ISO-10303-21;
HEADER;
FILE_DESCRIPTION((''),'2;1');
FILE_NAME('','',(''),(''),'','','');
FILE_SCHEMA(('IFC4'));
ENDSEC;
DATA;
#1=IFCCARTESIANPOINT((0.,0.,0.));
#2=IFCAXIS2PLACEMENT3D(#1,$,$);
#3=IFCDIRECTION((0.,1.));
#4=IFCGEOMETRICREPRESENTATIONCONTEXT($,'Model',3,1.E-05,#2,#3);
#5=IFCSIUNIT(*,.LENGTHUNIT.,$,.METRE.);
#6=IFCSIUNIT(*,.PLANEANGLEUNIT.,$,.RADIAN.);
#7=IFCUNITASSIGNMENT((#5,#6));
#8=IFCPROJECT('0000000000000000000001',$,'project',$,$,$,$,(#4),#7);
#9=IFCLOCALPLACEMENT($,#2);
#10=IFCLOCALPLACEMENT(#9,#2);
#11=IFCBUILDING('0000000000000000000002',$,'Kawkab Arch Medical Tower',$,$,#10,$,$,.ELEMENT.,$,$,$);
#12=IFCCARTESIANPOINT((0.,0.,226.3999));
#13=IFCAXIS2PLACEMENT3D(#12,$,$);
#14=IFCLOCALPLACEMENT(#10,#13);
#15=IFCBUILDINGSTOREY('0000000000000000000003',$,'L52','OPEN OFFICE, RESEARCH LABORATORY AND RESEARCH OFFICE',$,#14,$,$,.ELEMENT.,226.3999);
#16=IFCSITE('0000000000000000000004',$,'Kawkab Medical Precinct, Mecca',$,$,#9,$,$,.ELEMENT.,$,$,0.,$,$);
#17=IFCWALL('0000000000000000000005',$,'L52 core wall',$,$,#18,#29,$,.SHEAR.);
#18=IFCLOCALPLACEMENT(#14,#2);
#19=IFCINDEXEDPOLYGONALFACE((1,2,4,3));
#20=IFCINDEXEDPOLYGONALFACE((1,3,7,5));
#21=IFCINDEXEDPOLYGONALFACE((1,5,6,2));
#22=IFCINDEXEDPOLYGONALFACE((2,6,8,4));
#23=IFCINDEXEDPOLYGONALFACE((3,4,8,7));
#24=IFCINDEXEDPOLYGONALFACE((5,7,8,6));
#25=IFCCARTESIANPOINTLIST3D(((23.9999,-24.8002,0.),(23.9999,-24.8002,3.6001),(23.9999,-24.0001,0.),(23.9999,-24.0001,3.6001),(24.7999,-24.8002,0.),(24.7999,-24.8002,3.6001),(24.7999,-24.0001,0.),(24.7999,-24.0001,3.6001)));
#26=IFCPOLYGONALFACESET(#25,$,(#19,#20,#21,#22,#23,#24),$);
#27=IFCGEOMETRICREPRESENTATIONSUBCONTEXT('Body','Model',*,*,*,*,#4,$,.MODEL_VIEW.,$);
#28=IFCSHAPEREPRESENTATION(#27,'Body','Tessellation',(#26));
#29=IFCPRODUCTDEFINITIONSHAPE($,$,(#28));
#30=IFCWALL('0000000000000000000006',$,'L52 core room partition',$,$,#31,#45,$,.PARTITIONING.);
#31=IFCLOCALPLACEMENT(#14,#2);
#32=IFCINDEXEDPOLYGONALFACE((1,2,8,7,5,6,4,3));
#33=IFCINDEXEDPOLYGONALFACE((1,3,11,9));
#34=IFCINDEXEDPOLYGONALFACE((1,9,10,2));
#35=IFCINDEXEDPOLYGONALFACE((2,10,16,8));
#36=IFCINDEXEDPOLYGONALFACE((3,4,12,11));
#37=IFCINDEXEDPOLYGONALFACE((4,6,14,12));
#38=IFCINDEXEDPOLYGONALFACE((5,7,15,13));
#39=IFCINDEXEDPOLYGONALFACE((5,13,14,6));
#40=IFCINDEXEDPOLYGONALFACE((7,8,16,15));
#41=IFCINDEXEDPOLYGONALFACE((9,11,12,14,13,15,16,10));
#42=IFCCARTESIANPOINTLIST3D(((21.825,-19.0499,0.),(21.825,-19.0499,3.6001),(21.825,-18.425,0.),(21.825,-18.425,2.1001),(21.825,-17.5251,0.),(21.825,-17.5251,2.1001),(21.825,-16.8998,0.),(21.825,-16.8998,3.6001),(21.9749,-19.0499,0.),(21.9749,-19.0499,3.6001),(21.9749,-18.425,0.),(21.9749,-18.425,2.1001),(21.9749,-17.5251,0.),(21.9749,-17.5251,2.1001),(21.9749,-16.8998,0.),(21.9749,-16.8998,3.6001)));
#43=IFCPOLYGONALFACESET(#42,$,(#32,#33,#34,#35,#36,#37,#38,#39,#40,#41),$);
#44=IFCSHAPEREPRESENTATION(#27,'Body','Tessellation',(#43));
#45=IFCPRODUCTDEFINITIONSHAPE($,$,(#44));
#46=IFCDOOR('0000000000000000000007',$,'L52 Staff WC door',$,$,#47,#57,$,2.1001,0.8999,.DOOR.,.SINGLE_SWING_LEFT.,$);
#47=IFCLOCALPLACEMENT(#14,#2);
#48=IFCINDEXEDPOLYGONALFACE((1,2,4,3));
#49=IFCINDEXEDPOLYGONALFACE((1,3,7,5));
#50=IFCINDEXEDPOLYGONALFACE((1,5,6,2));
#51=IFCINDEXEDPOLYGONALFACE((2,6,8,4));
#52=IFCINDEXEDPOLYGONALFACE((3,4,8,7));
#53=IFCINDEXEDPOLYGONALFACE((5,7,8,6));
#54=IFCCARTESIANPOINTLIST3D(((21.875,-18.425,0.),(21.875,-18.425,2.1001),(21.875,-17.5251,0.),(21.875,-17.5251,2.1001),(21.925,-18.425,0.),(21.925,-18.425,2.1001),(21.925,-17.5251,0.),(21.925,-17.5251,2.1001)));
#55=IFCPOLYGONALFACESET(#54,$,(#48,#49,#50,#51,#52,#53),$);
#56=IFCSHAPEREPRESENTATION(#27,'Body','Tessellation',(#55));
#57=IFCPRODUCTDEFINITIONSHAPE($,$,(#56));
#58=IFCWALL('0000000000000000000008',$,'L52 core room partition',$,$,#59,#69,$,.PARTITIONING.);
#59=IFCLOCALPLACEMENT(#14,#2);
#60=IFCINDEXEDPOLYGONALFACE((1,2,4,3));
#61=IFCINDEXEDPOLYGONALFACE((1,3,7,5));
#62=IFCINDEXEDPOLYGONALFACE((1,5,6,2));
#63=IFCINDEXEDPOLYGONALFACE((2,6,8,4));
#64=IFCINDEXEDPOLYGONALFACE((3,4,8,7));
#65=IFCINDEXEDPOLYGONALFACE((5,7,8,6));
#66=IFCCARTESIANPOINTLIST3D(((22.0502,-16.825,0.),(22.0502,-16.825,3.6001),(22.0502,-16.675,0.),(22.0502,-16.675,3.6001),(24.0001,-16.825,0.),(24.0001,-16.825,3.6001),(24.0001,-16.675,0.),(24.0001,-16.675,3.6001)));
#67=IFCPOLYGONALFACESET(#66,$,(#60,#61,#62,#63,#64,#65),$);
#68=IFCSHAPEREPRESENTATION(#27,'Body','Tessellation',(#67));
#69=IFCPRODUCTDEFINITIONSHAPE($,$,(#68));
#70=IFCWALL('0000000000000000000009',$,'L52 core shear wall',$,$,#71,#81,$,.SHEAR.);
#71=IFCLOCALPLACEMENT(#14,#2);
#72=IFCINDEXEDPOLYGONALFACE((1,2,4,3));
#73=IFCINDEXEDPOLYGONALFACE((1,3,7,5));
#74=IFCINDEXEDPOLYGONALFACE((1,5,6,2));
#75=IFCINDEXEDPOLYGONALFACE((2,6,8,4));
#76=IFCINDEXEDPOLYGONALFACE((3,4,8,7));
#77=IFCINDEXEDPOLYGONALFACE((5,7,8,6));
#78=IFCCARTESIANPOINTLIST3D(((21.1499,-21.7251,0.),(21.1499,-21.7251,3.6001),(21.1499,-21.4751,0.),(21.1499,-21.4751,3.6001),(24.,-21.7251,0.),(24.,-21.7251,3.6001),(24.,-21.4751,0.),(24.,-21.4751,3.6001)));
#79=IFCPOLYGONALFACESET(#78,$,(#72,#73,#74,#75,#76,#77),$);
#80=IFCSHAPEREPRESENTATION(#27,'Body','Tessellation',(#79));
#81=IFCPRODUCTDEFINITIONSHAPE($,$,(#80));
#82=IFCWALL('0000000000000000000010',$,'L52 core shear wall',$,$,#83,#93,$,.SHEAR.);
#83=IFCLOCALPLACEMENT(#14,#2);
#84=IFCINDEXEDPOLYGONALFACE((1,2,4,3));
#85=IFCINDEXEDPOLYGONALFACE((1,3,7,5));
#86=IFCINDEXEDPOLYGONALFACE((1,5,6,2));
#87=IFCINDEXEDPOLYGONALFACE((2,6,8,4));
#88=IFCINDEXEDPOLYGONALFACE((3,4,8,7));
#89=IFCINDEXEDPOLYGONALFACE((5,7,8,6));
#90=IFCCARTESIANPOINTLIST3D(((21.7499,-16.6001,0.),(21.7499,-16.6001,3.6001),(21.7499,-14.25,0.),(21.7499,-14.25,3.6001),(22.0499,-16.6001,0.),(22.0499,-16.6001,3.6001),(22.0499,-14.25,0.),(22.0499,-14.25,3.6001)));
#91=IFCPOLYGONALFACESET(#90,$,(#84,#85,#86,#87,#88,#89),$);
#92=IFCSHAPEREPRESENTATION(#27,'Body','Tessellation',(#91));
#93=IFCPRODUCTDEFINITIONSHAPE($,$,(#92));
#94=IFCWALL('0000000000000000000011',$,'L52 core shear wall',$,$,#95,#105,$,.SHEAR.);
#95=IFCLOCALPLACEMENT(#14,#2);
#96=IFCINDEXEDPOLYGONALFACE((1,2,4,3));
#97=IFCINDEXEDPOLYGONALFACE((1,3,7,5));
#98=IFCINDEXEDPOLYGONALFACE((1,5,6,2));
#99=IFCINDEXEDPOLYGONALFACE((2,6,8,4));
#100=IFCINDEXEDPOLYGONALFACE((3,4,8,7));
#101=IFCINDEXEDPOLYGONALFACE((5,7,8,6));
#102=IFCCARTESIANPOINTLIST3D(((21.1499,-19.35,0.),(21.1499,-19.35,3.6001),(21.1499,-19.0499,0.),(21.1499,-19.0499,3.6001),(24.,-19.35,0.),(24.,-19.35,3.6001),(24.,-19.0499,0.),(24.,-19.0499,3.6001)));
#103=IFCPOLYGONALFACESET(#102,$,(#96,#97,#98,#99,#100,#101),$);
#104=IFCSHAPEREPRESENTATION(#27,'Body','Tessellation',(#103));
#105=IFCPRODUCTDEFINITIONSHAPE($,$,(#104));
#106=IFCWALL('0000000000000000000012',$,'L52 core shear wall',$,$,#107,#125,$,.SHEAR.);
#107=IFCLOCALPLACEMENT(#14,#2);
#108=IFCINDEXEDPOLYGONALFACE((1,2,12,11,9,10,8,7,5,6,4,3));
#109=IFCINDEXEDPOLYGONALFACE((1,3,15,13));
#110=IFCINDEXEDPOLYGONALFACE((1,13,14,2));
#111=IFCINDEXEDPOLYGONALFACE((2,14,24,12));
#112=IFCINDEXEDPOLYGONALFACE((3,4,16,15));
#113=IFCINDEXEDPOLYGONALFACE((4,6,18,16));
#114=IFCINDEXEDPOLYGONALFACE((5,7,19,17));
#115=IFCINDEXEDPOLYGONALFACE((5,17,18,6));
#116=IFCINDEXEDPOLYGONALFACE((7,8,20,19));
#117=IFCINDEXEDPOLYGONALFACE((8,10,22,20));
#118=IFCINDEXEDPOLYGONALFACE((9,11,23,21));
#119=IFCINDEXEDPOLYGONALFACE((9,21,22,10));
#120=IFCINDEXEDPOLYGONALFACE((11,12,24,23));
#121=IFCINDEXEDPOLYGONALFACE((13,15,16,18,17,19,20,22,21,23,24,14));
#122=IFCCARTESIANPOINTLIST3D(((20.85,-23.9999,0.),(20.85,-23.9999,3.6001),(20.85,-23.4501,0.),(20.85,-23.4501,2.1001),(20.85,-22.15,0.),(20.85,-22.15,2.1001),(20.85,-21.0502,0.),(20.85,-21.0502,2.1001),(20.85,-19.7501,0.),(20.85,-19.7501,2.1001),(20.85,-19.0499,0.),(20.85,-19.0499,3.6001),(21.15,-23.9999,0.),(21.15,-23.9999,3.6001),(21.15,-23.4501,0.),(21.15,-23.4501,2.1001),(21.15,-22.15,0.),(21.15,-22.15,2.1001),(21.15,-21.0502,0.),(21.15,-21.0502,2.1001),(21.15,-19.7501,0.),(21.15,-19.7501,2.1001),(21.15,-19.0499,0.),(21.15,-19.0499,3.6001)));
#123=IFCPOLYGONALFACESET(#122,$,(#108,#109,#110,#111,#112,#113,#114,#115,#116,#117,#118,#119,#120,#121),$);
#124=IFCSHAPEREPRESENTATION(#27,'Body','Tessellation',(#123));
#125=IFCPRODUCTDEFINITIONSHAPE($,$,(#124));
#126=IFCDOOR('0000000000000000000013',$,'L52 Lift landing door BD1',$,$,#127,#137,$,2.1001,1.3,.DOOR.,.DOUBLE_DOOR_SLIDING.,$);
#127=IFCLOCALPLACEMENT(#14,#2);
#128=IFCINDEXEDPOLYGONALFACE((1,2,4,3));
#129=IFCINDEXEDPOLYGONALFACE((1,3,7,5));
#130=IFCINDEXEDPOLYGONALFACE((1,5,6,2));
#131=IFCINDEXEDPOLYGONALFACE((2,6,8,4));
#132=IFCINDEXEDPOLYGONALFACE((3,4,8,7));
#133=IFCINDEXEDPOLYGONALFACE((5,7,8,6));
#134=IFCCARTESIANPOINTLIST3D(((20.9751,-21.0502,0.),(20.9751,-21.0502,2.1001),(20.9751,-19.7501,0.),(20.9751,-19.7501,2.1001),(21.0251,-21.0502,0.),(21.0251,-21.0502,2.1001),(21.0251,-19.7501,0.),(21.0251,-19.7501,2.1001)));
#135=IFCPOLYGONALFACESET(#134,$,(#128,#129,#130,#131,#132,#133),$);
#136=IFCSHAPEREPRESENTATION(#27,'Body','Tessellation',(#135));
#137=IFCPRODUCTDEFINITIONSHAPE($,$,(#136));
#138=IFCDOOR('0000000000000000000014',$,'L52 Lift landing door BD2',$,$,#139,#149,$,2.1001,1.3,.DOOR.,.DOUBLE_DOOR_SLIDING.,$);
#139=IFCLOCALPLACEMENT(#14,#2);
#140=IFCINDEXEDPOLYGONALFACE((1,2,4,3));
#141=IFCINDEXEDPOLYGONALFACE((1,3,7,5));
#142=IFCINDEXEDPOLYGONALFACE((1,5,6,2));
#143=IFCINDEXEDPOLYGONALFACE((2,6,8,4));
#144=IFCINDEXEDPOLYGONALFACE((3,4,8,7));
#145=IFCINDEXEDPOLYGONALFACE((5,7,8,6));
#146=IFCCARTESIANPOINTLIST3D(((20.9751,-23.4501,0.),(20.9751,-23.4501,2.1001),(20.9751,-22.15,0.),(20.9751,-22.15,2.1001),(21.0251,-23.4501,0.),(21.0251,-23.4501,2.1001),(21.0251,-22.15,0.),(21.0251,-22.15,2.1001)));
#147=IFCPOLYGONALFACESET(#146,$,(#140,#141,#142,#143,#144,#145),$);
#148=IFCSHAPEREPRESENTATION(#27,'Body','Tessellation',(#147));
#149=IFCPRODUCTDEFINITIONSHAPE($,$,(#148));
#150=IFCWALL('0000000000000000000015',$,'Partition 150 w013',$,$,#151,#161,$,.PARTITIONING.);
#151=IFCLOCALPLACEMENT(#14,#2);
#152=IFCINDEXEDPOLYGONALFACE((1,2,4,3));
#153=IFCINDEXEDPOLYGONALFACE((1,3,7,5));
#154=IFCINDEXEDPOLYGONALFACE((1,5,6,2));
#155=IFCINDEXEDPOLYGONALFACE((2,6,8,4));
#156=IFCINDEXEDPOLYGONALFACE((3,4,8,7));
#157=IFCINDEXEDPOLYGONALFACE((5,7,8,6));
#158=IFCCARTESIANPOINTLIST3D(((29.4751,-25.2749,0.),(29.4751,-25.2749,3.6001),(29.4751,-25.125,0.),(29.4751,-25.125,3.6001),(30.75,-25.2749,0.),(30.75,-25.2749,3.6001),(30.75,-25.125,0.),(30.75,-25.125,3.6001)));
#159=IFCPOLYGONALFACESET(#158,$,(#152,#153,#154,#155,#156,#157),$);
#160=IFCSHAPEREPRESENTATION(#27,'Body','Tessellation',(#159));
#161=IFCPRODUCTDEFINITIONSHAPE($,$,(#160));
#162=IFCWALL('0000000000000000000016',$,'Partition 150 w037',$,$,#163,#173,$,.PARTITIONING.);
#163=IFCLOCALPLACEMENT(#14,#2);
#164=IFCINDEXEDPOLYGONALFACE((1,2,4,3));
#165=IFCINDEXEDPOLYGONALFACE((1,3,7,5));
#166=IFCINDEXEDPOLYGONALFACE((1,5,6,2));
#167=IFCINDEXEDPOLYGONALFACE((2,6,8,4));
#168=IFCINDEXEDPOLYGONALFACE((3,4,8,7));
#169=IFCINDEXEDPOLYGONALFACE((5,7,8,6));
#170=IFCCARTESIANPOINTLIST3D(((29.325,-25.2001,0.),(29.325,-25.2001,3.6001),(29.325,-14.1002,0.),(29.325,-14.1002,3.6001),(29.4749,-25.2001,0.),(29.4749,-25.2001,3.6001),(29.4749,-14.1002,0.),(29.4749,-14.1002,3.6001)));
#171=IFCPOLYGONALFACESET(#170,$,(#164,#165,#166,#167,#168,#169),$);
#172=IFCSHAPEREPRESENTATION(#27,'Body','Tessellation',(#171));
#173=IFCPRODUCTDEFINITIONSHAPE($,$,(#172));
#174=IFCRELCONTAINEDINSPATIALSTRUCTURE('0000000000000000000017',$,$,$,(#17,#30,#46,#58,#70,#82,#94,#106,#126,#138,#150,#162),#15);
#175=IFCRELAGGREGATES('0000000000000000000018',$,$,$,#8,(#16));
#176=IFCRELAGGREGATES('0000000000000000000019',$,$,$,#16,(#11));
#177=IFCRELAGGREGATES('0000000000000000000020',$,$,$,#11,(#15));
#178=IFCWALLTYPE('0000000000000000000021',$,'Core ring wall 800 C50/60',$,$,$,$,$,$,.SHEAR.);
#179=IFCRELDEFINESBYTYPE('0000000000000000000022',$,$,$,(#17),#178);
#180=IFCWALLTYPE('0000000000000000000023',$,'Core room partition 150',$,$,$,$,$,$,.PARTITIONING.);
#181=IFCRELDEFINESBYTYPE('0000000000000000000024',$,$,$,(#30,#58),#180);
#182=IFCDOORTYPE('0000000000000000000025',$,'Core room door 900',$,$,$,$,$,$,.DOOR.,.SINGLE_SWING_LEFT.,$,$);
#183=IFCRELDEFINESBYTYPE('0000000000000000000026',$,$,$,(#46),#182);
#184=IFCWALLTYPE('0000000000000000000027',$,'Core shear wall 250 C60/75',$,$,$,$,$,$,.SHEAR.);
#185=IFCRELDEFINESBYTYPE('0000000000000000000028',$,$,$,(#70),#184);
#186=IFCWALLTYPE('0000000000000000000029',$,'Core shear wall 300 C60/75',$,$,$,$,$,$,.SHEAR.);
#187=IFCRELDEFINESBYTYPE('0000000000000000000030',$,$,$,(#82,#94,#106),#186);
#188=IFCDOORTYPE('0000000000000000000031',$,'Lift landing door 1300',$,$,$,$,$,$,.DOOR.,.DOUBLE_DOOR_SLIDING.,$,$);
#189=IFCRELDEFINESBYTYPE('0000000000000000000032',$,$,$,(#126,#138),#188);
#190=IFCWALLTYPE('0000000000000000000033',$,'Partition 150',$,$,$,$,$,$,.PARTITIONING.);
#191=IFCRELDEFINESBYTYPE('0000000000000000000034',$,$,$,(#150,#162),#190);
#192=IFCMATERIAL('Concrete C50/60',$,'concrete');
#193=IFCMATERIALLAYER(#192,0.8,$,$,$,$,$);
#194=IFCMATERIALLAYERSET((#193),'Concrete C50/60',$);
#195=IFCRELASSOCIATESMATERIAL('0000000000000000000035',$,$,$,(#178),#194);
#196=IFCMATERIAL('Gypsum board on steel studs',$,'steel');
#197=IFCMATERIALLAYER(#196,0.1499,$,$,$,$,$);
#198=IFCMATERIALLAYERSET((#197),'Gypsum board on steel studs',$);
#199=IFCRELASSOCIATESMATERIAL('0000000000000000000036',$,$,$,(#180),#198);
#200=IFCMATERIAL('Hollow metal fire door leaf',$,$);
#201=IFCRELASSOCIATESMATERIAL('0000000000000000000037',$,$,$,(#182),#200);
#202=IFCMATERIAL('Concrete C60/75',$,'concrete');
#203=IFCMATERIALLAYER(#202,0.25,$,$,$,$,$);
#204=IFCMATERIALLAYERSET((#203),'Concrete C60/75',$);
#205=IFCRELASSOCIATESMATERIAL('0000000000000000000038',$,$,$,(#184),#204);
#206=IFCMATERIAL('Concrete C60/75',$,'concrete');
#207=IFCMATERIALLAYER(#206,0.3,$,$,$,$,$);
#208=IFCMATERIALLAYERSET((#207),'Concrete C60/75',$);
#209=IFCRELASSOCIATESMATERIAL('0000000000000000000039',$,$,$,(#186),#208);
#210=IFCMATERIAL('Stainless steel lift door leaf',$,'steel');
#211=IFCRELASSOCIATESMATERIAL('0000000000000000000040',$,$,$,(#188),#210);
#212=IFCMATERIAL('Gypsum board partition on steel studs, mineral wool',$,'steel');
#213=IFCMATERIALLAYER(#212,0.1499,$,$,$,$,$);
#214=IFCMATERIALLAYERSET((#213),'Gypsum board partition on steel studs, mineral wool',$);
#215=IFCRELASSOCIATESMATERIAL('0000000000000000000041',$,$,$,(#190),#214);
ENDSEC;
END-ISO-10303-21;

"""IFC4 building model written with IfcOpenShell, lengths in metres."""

from ifc_helpers import new_model, si_unit, direction, frame, frame_2d, origin, place, context, subcontext, project, spatial, rectangle, extrude, material, layer, layer_set, type_object, element, fill, save


model = new_model("IFC4")

# Units and contexts
model_context = context("Model", 3, precision=1e-05, world=origin(), true_north=direction((0.0, 1.0)))
body_context = subcontext(model_context, "Body", "Model", "MODEL_VIEW")
ifc_project = project(units=[si_unit("LENGTHUNIT", "METRE"), si_unit("PLANEANGLEUNIT", "RADIAN")], contexts=[model_context])

# Site, building, storey
site_placement = place(None, origin())
site = spatial("IfcSite", under=ifc_project, at=site_placement, Name="Kawkab Medical Precinct, Mecca", CompositionType="ELEMENT", RefElevation=0.0)
building_placement = place(site_placement, origin())
building = spatial("IfcBuilding", under=site, at=building_placement, Name="Kawkab Arch Medical Tower", CompositionType="ELEMENT")
storey_placement = place(building_placement, frame((0.0, 0.0, 226.3999)))
storey = spatial("IfcBuildingStorey", under=building, at=storey_placement, Name="L52", Description="OPEN OFFICE, RESEARCH LABORATORY AND RESEARCH OFFICE", CompositionType="ELEMENT", Elevation=226.3999)

# Shared definitions
ifc_material_1 = material(Name="Concrete C50/60", Category="concrete")
ifc_layer_1 = layer(ifc_material_1, 0.8)
ifc_layer_set_1 = layer_set([ifc_layer_1], Name="Concrete C50/60")
wall_type_1 = type_object("IfcWallType", Name="Core ring wall 800 C50/60", PredefinedType="SHEAR", material=ifc_layer_set_1)

# Wall
wall_1_placement = place(storey_placement, frame((24.3999, -24.8, 0.0), z_axis=(0.0, 0.0, 1.0), x_axis=(0.0, 1.0, 0.0)))
element("IfcWall", 1, at=wall_1_placement, inside=storey, type_object=wall_type_1, Name="L52 core wall", PredefinedType="SHEAR", context=body_context, shape_type="SweptSolid", body=[
    extrude(rectangle(XDim=0.8, YDim=0.8, at=frame_2d((0.3999, 0.0))), origin(), (0.0, 0.0, 1.0), 3.6001),
])

# Wall, opening, door
ifc_material_2 = material(Name="Gypsum board on steel studs", Category="steel")
ifc_layer_2 = layer(ifc_material_2, 0.1499)
ifc_layer_set_2 = layer_set([ifc_layer_2], Name="Gypsum board on steel studs")
wall_type_2 = type_object("IfcWallType", Name="Core room partition 150", PredefinedType="PARTITIONING", material=ifc_layer_set_2)
wall_2_placement = place(storey_placement, frame((21.8999, -19.05, 0.0), z_axis=(0.0, 0.0, 1.0), x_axis=(0.0, 1.0, 0.0)))
wall_2 = element("IfcWall", 2, at=wall_2_placement, inside=storey, type_object=wall_type_2, Name="L52 core room partition", PredefinedType="PARTITIONING", context=body_context, shape_type="SweptSolid", body=[
    extrude(rectangle(XDim=2.1501, YDim=0.1499, at=frame_2d((1.0752, 0.0))), origin(), (0.0, 0.0, 1.0), 3.6001),
])
opening_1_placement = place(wall_2_placement, frame((0.625, 0.0, 0.0)))
opening_1 = element("IfcOpeningElement", 3, at=opening_1_placement, cuts=wall_2, PredefinedType="OPENING", context=body_context, shape_type="SweptSolid", body=[
    extrude(rectangle(XDim=0.8999, YDim=2.1001, at=frame_2d((0.45, 1.05))), frame((0.0, 0.085, 0.0), z_axis=(0.0, -1.0, 0.0), x_axis=(1.0, 0.0, 0.0)), (0.0, 0.0, 1.0), 0.1699),
])
ifc_material_3 = material(Name="Hollow metal fire door leaf")
door_type_1 = type_object("IfcDoorType", Name="Core room door 900", OperationType="SINGLE_SWING_LEFT", PredefinedType="DOOR", material=ifc_material_3)
door_1_placement = place(opening_1_placement, origin())
door_1 = element("IfcDoor", 4, at=door_1_placement, inside=storey, type_object=door_type_1, Name="L52 Staff WC door", OperationType="SINGLE_SWING_LEFT", OverallHeight=2.1001, OverallWidth=0.8999, PredefinedType="DOOR", context=body_context, shape_type="SweptSolid", body=[
    extrude(rectangle(XDim=0.8999, YDim=2.1001, at=frame_2d((0.45, 1.05))), frame((0.0, 0.0249, 0.0), z_axis=(0.0, -1.0, 0.0), x_axis=(1.0, 0.0, 0.0)), (0.0, 0.0, 1.0), 0.05),
])
fill(opening_1, door_1)

# Walls
wall_3_placement = place(storey_placement, frame((22.05, -16.75, 0.0), z_axis=(0.0, 0.0, 1.0), x_axis=(1.0, 0.0, 0.0)))
element("IfcWall", 5, at=wall_3_placement, inside=storey, type_object=wall_type_2, Name="L52 core room partition", PredefinedType="PARTITIONING", context=body_context, shape_type="SweptSolid", body=[
    extrude(rectangle(XDim=1.95, YDim=0.1499, at=frame_2d((0.9751, 0.0))), origin(), (0.0, 0.0, 1.0), 3.6001),
])
ifc_material_4 = material(Name="Concrete C60/75", Category="concrete")
ifc_layer_3 = layer(ifc_material_4, 0.25)
ifc_layer_set_3 = layer_set([ifc_layer_3], Name="Concrete C60/75")
wall_type_3 = type_object("IfcWallType", Name="Core shear wall 250 C60/75", PredefinedType="SHEAR", material=ifc_layer_set_3)
wall_4_placement = place(storey_placement, frame((21.1499, -21.6001, 0.0), z_axis=(0.0, 0.0, 1.0), x_axis=(1.0, 0.0, 0.0)))
element("IfcWall", 6, at=wall_4_placement, inside=storey, type_object=wall_type_3, Name="L52 core shear wall", PredefinedType="SHEAR", context=body_context, shape_type="SweptSolid", body=[
    extrude(rectangle(XDim=2.8501, YDim=0.25, at=frame_2d((1.425, 0.0))), origin(), (0.0, 0.0, 1.0), 3.6001),
])
ifc_material_5 = material(Name="Concrete C60/75", Category="concrete")
ifc_layer_4 = layer(ifc_material_5, 0.3)
ifc_layer_set_4 = layer_set([ifc_layer_4], Name="Concrete C60/75")
wall_type_4 = type_object("IfcWallType", Name="Core shear wall 300 C60/75", PredefinedType="SHEAR", material=ifc_layer_set_4)
wall_5_placement = place(storey_placement, frame((21.8999, -16.6001, 0.0), z_axis=(0.0, 0.0, 1.0), x_axis=(0.0, 1.0, 0.0)))
element("IfcWall", 7, at=wall_5_placement, inside=storey, type_object=wall_type_4, Name="L52 core shear wall", PredefinedType="SHEAR", context=body_context, shape_type="SweptSolid", body=[
    extrude(rectangle(XDim=2.3501, YDim=0.3, at=frame_2d((1.175, 0.0))), origin(), (0.0, 0.0, 1.0), 3.6001),
])
wall_6_placement = place(storey_placement, frame((21.1499, -19.2, 0.0), z_axis=(0.0, 0.0, 1.0), x_axis=(1.0, 0.0, 0.0)))
element("IfcWall", 8, at=wall_6_placement, inside=storey, type_object=wall_type_4, Name="L52 core shear wall", PredefinedType="SHEAR", context=body_context, shape_type="SweptSolid", body=[
    extrude(rectangle(XDim=2.8501, YDim=0.3, at=frame_2d((1.425, 0.0))), origin(), (0.0, 0.0, 1.0), 3.6001),
])

# Wall, openings, doors
wall_7_placement = place(storey_placement, frame((21.0, -24.0, 0.0), z_axis=(0.0, 0.0, 1.0), x_axis=(0.0, 1.0, 0.0)))
wall_7 = element("IfcWall", 9, at=wall_7_placement, inside=storey, type_object=wall_type_4, Name="L52 core shear wall", PredefinedType="SHEAR", context=body_context, shape_type="SweptSolid", body=[
    extrude(rectangle(XDim=4.95, YDim=0.3, at=frame_2d((2.4751, 0.0))), origin(), (0.0, 0.0, 1.0), 3.6001),
])
opening_2_placement = place(wall_7_placement, frame((2.95, 0.0, 0.0)))
opening_2 = element("IfcOpeningElement", 10, at=opening_2_placement, cuts=wall_7, PredefinedType="OPENING", context=body_context, shape_type="SweptSolid", body=[
    extrude(rectangle(XDim=1.3, YDim=2.1001, at=frame_2d((0.6499, 1.05))), frame((0.0, 0.1599, 0.0), z_axis=(0.0, -1.0, 0.0), x_axis=(1.0, 0.0, 0.0)), (0.0, 0.0, 1.0), 0.3201),
])
opening_3_placement = place(wall_7_placement, frame((0.55, 0.0, 0.0)))
opening_3 = element("IfcOpeningElement", 11, at=opening_3_placement, cuts=wall_7, PredefinedType="OPENING", context=body_context, shape_type="SweptSolid", body=[
    extrude(rectangle(XDim=1.3, YDim=2.1001, at=frame_2d((0.6499, 1.05))), frame((0.0, 0.1599, 0.0), z_axis=(0.0, -1.0, 0.0), x_axis=(1.0, 0.0, 0.0)), (0.0, 0.0, 1.0), 0.3201),
])
ifc_material_6 = material(Name="Stainless steel lift door leaf", Category="steel")
door_type_2 = type_object("IfcDoorType", Name="Lift landing door 1300", OperationType="DOUBLE_DOOR_SLIDING", PredefinedType="DOOR", material=ifc_material_6)
door_2_placement = place(opening_2_placement, origin())
door_2 = element("IfcDoor", 12, at=door_2_placement, inside=storey, type_object=door_type_2, Name="L52 Lift landing door BD1", OperationType="DOUBLE_DOOR_SLIDING", OverallHeight=2.1001, OverallWidth=1.3, PredefinedType="DOOR", context=body_context, shape_type="SweptSolid", body=[
    extrude(rectangle(XDim=1.3, YDim=2.1001, at=frame_2d((0.6499, 1.05))), frame((0.0, 0.0249, 0.0), z_axis=(0.0, -1.0, 0.0), x_axis=(1.0, 0.0, 0.0)), (0.0, 0.0, 1.0), 0.05),
])
fill(opening_2, door_2)
door_3_placement = place(opening_3_placement, origin())
door_3 = element("IfcDoor", 13, at=door_3_placement, inside=storey, type_object=door_type_2, Name="L52 Lift landing door BD2", OperationType="DOUBLE_DOOR_SLIDING", OverallHeight=2.1001, OverallWidth=1.3, PredefinedType="DOOR", context=body_context, shape_type="SweptSolid", body=[
    extrude(rectangle(XDim=1.3, YDim=2.1001, at=frame_2d((0.6499, 1.05))), frame((0.0, 0.0249, 0.0), z_axis=(0.0, -1.0, 0.0), x_axis=(1.0, 0.0, 0.0)), (0.0, 0.0, 1.0), 0.05),
])
fill(opening_3, door_3)

# Walls
ifc_material_7 = material(Name="Gypsum board partition on steel studs, mineral wool", Category="steel")
ifc_layer_5 = layer(ifc_material_7, 0.1499)
ifc_layer_set_5 = layer_set([ifc_layer_5], Name="Gypsum board partition on steel studs, mineral wool")
wall_type_5 = type_object("IfcWallType", Name="Partition 150", PredefinedType="PARTITIONING", material=ifc_layer_set_5)
wall_8_placement = place(storey_placement, frame((29.4751, -25.2, 0.0), z_axis=(0.0, 0.0, 1.0), x_axis=(1.0, 0.0, 0.0)))
element("IfcWall", 14, at=wall_8_placement, inside=storey, type_object=wall_type_5, Name="Partition 150 w013", PredefinedType="PARTITIONING", context=body_context, shape_type="SweptSolid", body=[
    extrude(rectangle(XDim=1.2749, YDim=0.1499, at=frame_2d((0.6375, 0.0))), origin(), (0.0, 0.0, 1.0), 3.6001),
])
wall_9_placement = place(storey_placement, frame((29.3999, -25.2, 0.0), z_axis=(0.0, 0.0, 1.0), x_axis=(0.0, 1.0, 0.0)))
element("IfcWall", 15, at=wall_9_placement, inside=storey, type_object=wall_type_5, Name="Partition 150 w037", PredefinedType="PARTITIONING", context=body_context, shape_type="SweptSolid", body=[
    extrude(rectangle(XDim=11.0999, YDim=0.1499, at=frame_2d((5.5498, 0.0))), origin(), (0.0, 0.0, 1.0), 3.6001),
])

save(model, "model.ifc")
